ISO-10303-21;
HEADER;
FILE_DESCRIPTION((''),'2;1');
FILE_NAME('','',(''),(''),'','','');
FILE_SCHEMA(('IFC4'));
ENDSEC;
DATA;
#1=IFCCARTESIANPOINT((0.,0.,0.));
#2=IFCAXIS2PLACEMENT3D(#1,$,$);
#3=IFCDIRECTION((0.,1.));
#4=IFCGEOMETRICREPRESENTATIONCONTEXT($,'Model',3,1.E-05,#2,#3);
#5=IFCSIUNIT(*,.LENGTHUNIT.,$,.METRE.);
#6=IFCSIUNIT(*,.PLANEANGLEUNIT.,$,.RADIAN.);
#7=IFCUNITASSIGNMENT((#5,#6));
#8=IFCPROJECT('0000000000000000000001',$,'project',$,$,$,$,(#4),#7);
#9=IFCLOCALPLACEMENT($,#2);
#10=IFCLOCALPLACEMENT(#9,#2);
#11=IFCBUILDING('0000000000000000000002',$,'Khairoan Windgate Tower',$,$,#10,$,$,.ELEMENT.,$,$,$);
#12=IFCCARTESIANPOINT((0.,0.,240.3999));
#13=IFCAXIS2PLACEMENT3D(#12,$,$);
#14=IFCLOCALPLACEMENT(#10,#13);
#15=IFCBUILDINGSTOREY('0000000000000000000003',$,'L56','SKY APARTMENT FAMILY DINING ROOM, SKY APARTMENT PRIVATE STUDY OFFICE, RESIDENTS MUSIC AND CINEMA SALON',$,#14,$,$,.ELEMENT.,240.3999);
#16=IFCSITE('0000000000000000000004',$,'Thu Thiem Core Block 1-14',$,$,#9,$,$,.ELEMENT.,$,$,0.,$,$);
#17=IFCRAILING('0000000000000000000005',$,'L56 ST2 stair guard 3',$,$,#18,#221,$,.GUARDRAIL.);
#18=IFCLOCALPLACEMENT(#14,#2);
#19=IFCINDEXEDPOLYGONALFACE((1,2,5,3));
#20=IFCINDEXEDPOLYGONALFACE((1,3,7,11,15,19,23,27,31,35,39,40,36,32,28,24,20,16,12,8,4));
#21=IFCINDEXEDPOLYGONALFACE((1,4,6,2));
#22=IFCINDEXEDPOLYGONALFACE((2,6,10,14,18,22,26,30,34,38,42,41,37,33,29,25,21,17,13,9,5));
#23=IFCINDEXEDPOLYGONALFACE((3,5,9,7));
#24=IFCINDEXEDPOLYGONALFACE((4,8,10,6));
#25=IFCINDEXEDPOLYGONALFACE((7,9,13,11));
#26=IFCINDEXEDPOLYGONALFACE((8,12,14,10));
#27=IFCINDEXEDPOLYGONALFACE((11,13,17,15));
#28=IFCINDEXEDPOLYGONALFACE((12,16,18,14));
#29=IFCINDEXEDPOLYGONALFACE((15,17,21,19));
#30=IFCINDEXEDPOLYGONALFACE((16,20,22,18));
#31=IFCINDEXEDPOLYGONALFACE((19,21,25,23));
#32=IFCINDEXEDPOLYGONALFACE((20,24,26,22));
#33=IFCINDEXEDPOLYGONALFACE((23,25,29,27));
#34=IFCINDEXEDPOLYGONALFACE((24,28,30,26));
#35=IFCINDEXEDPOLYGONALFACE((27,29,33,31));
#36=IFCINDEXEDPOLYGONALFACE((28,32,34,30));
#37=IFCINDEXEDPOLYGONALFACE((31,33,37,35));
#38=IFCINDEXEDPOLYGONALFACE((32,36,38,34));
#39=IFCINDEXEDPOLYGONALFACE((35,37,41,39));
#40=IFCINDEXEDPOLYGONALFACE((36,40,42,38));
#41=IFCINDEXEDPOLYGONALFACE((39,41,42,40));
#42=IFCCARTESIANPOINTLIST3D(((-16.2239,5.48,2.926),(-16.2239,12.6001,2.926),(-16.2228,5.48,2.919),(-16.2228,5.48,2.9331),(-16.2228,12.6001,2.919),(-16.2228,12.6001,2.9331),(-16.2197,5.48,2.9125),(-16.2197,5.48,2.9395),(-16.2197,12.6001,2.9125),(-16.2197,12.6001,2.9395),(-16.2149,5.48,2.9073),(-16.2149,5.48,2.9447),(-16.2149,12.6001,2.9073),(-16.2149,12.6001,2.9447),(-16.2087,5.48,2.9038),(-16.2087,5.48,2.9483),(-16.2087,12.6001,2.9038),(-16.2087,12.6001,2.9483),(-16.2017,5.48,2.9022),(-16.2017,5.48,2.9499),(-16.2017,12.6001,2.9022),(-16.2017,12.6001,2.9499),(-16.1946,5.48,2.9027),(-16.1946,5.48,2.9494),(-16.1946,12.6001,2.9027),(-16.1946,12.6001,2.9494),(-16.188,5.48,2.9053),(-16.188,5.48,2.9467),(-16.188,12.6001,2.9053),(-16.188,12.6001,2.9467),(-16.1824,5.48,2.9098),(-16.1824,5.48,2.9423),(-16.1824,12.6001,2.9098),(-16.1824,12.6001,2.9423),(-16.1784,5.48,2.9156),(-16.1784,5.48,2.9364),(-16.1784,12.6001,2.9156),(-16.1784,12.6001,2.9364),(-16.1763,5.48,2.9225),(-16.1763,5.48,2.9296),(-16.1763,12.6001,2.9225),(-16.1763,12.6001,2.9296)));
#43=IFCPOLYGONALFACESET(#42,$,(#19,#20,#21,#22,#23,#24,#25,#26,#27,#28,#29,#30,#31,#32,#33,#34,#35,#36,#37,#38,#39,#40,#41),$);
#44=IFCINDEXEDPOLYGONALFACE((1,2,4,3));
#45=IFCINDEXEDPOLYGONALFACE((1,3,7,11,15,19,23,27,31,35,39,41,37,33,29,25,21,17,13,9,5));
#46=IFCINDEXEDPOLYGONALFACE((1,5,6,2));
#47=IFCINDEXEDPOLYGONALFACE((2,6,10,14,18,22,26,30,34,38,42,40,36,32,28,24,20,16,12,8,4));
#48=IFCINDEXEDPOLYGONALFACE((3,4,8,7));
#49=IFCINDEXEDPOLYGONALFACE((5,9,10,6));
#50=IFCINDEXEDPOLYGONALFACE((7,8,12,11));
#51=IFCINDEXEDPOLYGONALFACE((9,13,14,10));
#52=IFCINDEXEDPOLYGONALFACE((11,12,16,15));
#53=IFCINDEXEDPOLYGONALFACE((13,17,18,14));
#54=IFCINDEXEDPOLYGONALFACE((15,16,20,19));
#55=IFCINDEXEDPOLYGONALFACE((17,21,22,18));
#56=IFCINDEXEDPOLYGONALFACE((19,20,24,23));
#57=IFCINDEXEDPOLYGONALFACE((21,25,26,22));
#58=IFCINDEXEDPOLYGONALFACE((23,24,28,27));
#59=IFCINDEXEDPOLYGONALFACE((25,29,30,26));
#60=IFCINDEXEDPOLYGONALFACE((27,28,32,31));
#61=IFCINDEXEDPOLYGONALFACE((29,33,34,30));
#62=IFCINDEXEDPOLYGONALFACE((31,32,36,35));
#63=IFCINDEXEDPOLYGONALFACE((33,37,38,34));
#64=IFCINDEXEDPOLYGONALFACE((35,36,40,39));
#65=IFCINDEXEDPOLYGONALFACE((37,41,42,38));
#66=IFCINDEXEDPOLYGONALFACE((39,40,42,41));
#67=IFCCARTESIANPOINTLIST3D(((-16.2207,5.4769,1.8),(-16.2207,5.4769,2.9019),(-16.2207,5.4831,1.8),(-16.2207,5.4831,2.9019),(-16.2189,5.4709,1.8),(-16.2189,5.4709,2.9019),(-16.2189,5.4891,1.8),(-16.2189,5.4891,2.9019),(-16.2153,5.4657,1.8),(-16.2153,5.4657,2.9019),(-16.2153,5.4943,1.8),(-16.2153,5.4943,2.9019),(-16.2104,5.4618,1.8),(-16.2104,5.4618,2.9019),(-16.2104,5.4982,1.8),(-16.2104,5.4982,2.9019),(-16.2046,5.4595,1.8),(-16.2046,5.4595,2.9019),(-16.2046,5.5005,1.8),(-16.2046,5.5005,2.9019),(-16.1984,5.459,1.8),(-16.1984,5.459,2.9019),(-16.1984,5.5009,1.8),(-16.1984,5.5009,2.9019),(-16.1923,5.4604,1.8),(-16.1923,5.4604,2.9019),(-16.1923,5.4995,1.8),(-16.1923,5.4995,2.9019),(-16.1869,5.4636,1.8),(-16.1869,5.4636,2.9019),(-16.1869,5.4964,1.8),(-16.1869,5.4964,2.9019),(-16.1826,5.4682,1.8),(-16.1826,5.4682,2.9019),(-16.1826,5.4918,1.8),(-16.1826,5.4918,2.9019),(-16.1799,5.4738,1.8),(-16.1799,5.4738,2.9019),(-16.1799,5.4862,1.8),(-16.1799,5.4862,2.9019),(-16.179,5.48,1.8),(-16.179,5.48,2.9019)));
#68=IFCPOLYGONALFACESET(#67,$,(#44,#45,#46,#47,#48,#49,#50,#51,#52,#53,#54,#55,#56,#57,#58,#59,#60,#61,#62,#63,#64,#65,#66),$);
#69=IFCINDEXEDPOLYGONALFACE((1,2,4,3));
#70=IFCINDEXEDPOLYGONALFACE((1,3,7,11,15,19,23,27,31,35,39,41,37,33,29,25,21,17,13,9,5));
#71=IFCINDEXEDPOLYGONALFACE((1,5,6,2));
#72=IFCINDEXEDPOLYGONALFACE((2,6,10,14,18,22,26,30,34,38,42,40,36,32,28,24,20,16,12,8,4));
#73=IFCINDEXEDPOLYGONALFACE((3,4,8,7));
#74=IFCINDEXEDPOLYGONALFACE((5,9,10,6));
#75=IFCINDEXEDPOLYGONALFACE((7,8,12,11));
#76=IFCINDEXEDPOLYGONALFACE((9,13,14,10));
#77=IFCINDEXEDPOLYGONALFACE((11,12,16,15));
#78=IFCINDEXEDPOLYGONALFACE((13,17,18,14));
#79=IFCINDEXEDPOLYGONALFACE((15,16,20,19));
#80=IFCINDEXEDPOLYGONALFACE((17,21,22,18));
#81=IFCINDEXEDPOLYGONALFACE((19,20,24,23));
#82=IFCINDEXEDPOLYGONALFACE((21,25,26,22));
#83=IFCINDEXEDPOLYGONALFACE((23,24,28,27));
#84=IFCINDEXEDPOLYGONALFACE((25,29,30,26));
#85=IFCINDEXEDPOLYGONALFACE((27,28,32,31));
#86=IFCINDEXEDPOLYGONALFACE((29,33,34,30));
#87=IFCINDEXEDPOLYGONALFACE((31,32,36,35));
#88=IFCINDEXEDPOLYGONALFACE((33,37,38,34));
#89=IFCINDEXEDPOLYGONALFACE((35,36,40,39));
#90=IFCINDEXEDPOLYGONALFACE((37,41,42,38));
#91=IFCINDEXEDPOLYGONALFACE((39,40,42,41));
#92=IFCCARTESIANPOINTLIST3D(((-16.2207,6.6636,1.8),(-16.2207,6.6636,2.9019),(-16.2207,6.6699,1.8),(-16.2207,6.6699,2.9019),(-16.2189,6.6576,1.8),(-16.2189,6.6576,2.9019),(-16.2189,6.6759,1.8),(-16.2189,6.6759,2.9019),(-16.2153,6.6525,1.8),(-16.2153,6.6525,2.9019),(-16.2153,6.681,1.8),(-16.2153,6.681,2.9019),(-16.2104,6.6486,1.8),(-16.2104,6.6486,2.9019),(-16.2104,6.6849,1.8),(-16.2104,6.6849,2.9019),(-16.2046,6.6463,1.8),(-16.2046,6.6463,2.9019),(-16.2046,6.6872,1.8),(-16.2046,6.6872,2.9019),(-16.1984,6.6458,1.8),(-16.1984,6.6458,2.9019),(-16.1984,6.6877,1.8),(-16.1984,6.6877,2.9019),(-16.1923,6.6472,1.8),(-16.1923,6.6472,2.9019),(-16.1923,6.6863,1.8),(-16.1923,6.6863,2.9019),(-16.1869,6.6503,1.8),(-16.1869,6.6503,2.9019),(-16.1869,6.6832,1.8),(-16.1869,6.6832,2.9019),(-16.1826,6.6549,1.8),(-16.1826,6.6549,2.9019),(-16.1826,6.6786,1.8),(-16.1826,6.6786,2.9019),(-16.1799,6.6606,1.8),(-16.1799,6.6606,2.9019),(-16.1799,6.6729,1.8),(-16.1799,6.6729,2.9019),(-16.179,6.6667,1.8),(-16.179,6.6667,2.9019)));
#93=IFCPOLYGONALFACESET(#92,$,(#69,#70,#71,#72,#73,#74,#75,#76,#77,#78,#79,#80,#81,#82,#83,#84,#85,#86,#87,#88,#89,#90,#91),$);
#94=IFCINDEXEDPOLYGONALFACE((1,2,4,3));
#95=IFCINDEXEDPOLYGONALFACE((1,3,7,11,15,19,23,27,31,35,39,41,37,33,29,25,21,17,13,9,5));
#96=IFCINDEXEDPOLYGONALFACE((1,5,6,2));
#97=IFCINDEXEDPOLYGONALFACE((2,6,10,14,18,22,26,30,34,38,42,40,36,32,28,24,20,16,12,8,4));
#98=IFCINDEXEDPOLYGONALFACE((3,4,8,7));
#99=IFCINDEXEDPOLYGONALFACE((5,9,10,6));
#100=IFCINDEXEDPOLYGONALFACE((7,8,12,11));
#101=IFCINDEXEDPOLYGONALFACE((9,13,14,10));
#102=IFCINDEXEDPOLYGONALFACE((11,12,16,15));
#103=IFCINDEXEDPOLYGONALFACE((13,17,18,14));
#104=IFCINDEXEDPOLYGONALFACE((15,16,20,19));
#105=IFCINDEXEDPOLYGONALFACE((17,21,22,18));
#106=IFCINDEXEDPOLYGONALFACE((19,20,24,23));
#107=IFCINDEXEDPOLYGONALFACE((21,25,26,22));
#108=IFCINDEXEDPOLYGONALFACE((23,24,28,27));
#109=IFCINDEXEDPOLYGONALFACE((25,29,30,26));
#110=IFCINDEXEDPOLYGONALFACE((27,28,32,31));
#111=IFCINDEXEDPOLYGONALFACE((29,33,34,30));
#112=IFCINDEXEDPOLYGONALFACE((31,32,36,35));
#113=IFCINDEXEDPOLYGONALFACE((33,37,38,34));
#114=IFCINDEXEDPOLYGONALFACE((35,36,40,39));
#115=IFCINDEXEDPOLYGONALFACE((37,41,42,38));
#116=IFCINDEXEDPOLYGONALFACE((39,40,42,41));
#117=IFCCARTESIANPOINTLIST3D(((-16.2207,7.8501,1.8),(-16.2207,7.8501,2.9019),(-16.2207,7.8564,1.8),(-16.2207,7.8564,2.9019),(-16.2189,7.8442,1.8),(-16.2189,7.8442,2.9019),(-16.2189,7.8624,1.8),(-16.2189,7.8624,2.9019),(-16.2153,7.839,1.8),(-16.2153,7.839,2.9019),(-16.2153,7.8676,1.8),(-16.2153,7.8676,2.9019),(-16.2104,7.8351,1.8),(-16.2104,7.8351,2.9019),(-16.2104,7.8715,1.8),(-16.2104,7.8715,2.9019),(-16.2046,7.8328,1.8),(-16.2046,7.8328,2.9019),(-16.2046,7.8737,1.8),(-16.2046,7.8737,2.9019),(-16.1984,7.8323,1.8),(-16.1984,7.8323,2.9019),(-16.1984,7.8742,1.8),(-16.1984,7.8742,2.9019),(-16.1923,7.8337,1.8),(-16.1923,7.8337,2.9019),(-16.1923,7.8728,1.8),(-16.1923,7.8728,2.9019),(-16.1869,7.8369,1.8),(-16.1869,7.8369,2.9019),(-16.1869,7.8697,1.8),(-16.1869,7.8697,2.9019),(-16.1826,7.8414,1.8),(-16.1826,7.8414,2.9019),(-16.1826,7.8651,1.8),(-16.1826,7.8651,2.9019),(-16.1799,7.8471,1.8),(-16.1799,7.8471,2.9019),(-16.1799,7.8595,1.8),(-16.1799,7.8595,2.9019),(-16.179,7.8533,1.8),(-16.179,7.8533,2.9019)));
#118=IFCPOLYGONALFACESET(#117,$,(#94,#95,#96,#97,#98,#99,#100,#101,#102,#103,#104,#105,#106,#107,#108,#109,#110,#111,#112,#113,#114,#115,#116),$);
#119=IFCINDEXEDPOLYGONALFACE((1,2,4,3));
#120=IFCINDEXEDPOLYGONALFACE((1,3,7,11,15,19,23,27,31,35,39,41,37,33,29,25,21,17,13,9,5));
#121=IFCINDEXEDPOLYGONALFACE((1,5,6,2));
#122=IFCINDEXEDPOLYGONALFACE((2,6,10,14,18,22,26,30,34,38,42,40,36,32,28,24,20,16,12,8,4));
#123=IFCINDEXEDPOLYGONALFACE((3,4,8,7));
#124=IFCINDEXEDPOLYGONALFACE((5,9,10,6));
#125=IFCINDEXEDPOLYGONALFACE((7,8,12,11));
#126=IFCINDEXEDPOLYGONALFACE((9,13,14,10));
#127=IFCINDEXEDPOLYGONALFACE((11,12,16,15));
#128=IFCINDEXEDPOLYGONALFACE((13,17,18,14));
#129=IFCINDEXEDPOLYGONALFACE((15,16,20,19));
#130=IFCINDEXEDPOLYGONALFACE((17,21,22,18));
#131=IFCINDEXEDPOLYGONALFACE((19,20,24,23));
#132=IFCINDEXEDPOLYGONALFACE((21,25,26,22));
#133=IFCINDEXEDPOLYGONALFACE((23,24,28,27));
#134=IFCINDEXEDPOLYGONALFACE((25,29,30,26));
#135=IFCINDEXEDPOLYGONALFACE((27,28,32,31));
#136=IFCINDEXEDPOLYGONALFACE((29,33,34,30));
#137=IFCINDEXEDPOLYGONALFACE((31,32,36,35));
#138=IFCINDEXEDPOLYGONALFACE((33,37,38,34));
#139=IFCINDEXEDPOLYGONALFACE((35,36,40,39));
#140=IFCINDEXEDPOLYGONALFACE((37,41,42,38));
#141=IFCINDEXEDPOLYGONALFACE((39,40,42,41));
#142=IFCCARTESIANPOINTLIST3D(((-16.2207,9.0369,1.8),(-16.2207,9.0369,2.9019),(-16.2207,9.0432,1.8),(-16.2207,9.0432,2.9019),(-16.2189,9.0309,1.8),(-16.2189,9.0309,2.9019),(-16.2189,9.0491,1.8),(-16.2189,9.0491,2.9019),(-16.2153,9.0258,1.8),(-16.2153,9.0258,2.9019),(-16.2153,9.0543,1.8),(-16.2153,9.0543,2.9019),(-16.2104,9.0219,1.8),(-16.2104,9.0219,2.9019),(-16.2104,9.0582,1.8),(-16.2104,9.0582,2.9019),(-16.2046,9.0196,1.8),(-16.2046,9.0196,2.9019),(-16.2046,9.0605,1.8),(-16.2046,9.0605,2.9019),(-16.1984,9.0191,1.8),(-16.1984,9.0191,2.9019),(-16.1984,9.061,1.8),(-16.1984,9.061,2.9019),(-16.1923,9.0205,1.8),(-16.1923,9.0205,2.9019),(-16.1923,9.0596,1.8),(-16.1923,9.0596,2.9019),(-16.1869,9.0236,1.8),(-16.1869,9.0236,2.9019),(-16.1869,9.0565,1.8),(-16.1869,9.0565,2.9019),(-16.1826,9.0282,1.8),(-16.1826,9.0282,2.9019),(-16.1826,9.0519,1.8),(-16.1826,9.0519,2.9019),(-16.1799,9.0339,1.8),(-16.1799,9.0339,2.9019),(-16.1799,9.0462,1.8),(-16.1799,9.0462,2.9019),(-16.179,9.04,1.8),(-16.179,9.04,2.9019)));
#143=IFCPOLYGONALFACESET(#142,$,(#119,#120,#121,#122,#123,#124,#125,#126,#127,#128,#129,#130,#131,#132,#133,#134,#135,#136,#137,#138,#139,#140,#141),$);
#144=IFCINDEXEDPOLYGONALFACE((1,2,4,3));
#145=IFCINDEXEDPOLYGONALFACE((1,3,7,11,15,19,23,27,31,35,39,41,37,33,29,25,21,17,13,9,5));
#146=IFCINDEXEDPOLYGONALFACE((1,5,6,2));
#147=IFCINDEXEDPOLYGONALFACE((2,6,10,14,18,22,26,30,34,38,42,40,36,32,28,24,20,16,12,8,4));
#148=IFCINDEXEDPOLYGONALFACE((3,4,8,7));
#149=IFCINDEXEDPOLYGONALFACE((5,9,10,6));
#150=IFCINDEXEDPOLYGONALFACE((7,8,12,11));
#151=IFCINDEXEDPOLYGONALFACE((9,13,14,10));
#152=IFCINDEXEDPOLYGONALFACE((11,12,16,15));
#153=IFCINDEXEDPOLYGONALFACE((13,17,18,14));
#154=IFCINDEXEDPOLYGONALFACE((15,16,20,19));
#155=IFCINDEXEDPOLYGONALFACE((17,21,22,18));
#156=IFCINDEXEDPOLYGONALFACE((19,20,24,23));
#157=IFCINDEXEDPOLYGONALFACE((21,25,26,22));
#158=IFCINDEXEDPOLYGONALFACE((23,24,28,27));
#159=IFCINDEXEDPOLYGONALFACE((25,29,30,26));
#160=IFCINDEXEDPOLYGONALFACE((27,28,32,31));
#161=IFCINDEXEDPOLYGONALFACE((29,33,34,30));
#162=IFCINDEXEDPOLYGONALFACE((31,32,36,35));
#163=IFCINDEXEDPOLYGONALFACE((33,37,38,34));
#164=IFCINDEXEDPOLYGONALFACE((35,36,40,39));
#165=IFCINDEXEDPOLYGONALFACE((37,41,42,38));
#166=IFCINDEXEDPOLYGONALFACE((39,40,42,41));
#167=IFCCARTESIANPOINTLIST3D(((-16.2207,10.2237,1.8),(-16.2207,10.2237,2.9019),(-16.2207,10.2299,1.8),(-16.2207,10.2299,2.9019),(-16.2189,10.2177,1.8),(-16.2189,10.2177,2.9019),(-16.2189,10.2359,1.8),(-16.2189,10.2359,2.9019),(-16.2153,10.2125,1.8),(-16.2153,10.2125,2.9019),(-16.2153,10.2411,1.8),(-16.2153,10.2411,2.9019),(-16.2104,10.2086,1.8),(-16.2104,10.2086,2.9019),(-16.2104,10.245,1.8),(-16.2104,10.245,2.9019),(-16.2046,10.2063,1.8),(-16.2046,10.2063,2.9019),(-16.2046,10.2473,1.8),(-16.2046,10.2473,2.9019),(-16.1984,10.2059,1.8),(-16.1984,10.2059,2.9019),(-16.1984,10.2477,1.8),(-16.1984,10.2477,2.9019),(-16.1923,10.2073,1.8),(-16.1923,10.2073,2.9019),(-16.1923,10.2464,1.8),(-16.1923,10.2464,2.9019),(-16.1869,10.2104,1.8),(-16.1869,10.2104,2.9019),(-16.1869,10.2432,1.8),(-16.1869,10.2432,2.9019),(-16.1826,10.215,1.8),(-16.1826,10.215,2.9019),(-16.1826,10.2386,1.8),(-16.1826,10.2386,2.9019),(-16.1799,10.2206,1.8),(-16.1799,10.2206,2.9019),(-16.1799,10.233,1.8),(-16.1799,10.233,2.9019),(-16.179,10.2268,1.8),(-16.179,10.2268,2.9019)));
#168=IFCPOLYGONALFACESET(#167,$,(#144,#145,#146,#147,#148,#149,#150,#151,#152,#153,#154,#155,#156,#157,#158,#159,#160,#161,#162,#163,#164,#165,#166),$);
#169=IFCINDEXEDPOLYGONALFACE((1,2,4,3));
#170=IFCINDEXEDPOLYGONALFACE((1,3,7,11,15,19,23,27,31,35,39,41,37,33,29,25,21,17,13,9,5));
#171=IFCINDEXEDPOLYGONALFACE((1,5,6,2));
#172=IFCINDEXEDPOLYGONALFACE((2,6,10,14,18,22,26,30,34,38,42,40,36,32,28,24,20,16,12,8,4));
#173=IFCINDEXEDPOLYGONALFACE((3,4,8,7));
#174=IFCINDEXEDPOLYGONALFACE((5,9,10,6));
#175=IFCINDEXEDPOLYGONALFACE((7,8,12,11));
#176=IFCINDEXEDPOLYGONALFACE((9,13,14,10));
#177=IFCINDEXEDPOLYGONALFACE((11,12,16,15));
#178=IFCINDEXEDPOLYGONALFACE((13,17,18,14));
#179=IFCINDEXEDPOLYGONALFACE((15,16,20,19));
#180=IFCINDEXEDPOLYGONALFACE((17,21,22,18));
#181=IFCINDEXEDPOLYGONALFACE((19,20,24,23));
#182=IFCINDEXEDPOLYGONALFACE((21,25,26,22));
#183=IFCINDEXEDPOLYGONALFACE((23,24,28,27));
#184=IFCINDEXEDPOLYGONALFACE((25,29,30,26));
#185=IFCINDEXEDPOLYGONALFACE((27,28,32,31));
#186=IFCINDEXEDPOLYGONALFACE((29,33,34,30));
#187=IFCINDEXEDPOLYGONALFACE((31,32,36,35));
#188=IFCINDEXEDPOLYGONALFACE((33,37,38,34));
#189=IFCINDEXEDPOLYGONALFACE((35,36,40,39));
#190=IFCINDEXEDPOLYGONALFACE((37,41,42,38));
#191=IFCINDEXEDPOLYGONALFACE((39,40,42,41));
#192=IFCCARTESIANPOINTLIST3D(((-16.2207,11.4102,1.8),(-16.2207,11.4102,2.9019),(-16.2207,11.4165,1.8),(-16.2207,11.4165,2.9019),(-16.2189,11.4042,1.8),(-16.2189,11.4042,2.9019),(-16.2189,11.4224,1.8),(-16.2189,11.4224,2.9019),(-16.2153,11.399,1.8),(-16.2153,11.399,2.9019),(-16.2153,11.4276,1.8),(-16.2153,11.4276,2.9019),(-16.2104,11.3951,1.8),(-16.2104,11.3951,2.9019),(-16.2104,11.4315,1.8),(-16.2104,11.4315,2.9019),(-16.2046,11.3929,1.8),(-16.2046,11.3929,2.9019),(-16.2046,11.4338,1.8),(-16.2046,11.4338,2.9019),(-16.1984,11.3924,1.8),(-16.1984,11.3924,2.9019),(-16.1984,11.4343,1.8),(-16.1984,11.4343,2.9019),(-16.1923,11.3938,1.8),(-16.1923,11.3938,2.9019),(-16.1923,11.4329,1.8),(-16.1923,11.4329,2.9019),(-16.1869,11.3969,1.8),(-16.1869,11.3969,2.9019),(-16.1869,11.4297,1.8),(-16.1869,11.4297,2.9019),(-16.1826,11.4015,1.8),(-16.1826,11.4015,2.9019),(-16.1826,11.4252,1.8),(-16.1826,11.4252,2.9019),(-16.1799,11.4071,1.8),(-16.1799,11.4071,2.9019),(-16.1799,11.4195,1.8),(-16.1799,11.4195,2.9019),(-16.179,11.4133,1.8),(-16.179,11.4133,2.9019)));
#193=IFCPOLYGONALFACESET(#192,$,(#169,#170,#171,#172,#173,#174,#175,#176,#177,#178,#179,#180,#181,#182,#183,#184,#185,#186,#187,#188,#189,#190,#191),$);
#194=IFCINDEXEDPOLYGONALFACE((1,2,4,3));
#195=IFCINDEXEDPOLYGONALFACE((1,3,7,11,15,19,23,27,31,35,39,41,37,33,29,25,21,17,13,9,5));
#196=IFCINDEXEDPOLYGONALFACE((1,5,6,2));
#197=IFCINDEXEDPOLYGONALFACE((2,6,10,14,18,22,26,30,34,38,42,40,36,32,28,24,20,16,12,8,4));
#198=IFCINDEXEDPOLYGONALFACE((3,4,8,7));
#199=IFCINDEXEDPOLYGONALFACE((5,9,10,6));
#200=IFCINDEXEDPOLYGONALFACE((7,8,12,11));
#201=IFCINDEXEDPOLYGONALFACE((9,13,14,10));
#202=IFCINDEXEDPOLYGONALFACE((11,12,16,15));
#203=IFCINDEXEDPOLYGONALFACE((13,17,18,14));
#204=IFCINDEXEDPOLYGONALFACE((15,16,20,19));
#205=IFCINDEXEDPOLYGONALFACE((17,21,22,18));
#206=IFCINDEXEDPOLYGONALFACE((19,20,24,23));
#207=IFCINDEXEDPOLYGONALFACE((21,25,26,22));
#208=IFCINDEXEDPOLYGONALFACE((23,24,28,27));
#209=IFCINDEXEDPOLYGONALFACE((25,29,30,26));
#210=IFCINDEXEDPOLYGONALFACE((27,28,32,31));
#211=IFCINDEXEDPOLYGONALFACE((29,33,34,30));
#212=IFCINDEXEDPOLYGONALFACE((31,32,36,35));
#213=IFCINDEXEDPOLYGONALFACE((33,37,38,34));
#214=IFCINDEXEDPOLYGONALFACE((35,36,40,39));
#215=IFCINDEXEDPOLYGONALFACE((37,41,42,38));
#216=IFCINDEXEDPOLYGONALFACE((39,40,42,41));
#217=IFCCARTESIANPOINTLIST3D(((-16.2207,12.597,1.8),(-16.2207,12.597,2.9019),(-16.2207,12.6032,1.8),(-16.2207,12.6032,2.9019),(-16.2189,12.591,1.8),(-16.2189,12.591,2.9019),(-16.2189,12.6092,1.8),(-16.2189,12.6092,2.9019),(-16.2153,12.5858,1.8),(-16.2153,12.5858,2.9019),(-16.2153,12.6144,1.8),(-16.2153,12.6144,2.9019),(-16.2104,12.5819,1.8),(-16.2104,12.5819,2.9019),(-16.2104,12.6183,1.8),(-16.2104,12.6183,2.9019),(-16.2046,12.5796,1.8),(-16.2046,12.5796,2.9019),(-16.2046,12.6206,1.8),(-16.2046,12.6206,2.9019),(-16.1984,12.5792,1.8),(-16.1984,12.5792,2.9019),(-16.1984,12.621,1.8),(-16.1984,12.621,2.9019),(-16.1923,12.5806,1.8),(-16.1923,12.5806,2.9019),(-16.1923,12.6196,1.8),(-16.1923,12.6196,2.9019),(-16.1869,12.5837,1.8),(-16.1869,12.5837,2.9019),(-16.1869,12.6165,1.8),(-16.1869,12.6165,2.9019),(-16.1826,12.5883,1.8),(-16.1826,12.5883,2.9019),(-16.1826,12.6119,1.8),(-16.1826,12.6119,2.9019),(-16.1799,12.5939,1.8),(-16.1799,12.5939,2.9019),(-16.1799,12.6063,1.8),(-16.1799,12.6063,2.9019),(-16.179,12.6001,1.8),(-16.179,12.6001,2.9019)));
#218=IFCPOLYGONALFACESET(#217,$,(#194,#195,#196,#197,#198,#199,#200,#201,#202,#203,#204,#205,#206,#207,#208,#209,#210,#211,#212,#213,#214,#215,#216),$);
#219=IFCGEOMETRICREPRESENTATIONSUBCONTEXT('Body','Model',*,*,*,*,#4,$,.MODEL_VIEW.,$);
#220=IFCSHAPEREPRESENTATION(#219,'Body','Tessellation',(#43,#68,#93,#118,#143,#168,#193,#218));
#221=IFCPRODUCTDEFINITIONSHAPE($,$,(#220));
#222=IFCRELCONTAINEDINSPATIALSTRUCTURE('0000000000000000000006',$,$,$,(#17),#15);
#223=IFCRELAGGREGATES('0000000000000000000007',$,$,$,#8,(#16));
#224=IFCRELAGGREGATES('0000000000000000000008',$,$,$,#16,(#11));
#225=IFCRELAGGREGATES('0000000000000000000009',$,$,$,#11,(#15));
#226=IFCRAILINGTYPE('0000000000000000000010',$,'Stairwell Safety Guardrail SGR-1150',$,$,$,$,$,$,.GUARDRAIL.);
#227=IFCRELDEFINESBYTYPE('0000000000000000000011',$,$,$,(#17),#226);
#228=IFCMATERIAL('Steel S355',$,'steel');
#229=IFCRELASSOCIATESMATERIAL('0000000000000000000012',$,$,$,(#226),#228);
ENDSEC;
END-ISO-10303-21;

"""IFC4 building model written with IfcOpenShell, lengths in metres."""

from ifc_helpers import new_model, si_unit, direction, frame, origin, origin_2d, place, context, subcontext, project, spatial, circle, extrude, material, type_object, element, save


model = new_model("IFC4")

# Units and contexts
model_context = context("Model", 3, precision=1e-05, world=origin(), true_north=direction((0.0, 1.0)))
body_context = subcontext(model_context, "Body", "Model", "MODEL_VIEW")
ifc_project = project(units=[si_unit("LENGTHUNIT", "METRE"), si_unit("PLANEANGLEUNIT", "RADIAN")], contexts=[model_context])

# Site, building, storey
site_placement = place(None, origin())
site = spatial("IfcSite", under=ifc_project, at=site_placement, Name="Thu Thiem Core Block 1-14", CompositionType="ELEMENT", RefElevation=0.0)
building_placement = place(site_placement, origin())
building = spatial("IfcBuilding", under=site, at=building_placement, Name="Khairoan Windgate Tower", CompositionType="ELEMENT")
storey_placement = place(building_placement, frame((0.0, 0.0, 240.3999)))
storey = spatial("IfcBuildingStorey", under=building, at=storey_placement, Name="L56", Description="SKY APARTMENT FAMILY DINING ROOM, SKY APARTMENT PRIVATE STUDY OFFICE, RESIDENTS MUSIC AND CINEMA SALON", CompositionType="ELEMENT", Elevation=240.3999)

# Railing
ifc_material_1 = material(Name="Steel S355", Category="steel")
railing_type_1 = type_object("IfcRailingType", Name="Stairwell Safety Guardrail SGR-1150", PredefinedType="GUARDRAIL", material=ifc_material_1)
railing_1_placement = place(storey_placement, frame((-16.2, 5.48, 1.8)))
element("IfcRailing", 1, at=railing_1_placement, inside=storey, type_object=railing_type_1, Name="L56 ST2 stair guard 3", PredefinedType="GUARDRAIL", context=body_context, shape_type="SweptSolid", body=[
    extrude(circle(Radius=0.0239, at=origin_2d()), frame((0.0, 0.0, 1.126), z_axis=(0.0, 1.0, 0.0), x_axis=(-1.0, 0.0, 0.0)), (0.0, 0.0, 1.0), 7.1201),
    extrude(circle(Radius=0.021, at=origin_2d()), origin(), (0.0, 0.0, 1.0), 1.1018),
    extrude(circle(Radius=0.021, at=origin_2d()), frame((0.0, 1.1868, 0.0)), (0.0, 0.0, 1.0), 1.1018),
    extrude(circle(Radius=0.021, at=origin_2d()), frame((0.0, 2.3733, 0.0)), (0.0, 0.0, 1.0), 1.1018),
    extrude(circle(Radius=0.021, at=origin_2d()), frame((0.0, 3.5601, 0.0)), (0.0, 0.0, 1.0), 1.1018),
    extrude(circle(Radius=0.021, at=origin_2d()), frame((0.0, 4.7468, 0.0)), (0.0, 0.0, 1.0), 1.1018),
    extrude(circle(Radius=0.021, at=origin_2d()), frame((0.0, 5.9333, 0.0)), (0.0, 0.0, 1.0), 1.1018),
    extrude(circle(Radius=0.021, at=origin_2d()), frame((0.0, 7.1201, 0.0)), (0.0, 0.0, 1.0), 1.1018),
])

save(model, "model.ifc")
